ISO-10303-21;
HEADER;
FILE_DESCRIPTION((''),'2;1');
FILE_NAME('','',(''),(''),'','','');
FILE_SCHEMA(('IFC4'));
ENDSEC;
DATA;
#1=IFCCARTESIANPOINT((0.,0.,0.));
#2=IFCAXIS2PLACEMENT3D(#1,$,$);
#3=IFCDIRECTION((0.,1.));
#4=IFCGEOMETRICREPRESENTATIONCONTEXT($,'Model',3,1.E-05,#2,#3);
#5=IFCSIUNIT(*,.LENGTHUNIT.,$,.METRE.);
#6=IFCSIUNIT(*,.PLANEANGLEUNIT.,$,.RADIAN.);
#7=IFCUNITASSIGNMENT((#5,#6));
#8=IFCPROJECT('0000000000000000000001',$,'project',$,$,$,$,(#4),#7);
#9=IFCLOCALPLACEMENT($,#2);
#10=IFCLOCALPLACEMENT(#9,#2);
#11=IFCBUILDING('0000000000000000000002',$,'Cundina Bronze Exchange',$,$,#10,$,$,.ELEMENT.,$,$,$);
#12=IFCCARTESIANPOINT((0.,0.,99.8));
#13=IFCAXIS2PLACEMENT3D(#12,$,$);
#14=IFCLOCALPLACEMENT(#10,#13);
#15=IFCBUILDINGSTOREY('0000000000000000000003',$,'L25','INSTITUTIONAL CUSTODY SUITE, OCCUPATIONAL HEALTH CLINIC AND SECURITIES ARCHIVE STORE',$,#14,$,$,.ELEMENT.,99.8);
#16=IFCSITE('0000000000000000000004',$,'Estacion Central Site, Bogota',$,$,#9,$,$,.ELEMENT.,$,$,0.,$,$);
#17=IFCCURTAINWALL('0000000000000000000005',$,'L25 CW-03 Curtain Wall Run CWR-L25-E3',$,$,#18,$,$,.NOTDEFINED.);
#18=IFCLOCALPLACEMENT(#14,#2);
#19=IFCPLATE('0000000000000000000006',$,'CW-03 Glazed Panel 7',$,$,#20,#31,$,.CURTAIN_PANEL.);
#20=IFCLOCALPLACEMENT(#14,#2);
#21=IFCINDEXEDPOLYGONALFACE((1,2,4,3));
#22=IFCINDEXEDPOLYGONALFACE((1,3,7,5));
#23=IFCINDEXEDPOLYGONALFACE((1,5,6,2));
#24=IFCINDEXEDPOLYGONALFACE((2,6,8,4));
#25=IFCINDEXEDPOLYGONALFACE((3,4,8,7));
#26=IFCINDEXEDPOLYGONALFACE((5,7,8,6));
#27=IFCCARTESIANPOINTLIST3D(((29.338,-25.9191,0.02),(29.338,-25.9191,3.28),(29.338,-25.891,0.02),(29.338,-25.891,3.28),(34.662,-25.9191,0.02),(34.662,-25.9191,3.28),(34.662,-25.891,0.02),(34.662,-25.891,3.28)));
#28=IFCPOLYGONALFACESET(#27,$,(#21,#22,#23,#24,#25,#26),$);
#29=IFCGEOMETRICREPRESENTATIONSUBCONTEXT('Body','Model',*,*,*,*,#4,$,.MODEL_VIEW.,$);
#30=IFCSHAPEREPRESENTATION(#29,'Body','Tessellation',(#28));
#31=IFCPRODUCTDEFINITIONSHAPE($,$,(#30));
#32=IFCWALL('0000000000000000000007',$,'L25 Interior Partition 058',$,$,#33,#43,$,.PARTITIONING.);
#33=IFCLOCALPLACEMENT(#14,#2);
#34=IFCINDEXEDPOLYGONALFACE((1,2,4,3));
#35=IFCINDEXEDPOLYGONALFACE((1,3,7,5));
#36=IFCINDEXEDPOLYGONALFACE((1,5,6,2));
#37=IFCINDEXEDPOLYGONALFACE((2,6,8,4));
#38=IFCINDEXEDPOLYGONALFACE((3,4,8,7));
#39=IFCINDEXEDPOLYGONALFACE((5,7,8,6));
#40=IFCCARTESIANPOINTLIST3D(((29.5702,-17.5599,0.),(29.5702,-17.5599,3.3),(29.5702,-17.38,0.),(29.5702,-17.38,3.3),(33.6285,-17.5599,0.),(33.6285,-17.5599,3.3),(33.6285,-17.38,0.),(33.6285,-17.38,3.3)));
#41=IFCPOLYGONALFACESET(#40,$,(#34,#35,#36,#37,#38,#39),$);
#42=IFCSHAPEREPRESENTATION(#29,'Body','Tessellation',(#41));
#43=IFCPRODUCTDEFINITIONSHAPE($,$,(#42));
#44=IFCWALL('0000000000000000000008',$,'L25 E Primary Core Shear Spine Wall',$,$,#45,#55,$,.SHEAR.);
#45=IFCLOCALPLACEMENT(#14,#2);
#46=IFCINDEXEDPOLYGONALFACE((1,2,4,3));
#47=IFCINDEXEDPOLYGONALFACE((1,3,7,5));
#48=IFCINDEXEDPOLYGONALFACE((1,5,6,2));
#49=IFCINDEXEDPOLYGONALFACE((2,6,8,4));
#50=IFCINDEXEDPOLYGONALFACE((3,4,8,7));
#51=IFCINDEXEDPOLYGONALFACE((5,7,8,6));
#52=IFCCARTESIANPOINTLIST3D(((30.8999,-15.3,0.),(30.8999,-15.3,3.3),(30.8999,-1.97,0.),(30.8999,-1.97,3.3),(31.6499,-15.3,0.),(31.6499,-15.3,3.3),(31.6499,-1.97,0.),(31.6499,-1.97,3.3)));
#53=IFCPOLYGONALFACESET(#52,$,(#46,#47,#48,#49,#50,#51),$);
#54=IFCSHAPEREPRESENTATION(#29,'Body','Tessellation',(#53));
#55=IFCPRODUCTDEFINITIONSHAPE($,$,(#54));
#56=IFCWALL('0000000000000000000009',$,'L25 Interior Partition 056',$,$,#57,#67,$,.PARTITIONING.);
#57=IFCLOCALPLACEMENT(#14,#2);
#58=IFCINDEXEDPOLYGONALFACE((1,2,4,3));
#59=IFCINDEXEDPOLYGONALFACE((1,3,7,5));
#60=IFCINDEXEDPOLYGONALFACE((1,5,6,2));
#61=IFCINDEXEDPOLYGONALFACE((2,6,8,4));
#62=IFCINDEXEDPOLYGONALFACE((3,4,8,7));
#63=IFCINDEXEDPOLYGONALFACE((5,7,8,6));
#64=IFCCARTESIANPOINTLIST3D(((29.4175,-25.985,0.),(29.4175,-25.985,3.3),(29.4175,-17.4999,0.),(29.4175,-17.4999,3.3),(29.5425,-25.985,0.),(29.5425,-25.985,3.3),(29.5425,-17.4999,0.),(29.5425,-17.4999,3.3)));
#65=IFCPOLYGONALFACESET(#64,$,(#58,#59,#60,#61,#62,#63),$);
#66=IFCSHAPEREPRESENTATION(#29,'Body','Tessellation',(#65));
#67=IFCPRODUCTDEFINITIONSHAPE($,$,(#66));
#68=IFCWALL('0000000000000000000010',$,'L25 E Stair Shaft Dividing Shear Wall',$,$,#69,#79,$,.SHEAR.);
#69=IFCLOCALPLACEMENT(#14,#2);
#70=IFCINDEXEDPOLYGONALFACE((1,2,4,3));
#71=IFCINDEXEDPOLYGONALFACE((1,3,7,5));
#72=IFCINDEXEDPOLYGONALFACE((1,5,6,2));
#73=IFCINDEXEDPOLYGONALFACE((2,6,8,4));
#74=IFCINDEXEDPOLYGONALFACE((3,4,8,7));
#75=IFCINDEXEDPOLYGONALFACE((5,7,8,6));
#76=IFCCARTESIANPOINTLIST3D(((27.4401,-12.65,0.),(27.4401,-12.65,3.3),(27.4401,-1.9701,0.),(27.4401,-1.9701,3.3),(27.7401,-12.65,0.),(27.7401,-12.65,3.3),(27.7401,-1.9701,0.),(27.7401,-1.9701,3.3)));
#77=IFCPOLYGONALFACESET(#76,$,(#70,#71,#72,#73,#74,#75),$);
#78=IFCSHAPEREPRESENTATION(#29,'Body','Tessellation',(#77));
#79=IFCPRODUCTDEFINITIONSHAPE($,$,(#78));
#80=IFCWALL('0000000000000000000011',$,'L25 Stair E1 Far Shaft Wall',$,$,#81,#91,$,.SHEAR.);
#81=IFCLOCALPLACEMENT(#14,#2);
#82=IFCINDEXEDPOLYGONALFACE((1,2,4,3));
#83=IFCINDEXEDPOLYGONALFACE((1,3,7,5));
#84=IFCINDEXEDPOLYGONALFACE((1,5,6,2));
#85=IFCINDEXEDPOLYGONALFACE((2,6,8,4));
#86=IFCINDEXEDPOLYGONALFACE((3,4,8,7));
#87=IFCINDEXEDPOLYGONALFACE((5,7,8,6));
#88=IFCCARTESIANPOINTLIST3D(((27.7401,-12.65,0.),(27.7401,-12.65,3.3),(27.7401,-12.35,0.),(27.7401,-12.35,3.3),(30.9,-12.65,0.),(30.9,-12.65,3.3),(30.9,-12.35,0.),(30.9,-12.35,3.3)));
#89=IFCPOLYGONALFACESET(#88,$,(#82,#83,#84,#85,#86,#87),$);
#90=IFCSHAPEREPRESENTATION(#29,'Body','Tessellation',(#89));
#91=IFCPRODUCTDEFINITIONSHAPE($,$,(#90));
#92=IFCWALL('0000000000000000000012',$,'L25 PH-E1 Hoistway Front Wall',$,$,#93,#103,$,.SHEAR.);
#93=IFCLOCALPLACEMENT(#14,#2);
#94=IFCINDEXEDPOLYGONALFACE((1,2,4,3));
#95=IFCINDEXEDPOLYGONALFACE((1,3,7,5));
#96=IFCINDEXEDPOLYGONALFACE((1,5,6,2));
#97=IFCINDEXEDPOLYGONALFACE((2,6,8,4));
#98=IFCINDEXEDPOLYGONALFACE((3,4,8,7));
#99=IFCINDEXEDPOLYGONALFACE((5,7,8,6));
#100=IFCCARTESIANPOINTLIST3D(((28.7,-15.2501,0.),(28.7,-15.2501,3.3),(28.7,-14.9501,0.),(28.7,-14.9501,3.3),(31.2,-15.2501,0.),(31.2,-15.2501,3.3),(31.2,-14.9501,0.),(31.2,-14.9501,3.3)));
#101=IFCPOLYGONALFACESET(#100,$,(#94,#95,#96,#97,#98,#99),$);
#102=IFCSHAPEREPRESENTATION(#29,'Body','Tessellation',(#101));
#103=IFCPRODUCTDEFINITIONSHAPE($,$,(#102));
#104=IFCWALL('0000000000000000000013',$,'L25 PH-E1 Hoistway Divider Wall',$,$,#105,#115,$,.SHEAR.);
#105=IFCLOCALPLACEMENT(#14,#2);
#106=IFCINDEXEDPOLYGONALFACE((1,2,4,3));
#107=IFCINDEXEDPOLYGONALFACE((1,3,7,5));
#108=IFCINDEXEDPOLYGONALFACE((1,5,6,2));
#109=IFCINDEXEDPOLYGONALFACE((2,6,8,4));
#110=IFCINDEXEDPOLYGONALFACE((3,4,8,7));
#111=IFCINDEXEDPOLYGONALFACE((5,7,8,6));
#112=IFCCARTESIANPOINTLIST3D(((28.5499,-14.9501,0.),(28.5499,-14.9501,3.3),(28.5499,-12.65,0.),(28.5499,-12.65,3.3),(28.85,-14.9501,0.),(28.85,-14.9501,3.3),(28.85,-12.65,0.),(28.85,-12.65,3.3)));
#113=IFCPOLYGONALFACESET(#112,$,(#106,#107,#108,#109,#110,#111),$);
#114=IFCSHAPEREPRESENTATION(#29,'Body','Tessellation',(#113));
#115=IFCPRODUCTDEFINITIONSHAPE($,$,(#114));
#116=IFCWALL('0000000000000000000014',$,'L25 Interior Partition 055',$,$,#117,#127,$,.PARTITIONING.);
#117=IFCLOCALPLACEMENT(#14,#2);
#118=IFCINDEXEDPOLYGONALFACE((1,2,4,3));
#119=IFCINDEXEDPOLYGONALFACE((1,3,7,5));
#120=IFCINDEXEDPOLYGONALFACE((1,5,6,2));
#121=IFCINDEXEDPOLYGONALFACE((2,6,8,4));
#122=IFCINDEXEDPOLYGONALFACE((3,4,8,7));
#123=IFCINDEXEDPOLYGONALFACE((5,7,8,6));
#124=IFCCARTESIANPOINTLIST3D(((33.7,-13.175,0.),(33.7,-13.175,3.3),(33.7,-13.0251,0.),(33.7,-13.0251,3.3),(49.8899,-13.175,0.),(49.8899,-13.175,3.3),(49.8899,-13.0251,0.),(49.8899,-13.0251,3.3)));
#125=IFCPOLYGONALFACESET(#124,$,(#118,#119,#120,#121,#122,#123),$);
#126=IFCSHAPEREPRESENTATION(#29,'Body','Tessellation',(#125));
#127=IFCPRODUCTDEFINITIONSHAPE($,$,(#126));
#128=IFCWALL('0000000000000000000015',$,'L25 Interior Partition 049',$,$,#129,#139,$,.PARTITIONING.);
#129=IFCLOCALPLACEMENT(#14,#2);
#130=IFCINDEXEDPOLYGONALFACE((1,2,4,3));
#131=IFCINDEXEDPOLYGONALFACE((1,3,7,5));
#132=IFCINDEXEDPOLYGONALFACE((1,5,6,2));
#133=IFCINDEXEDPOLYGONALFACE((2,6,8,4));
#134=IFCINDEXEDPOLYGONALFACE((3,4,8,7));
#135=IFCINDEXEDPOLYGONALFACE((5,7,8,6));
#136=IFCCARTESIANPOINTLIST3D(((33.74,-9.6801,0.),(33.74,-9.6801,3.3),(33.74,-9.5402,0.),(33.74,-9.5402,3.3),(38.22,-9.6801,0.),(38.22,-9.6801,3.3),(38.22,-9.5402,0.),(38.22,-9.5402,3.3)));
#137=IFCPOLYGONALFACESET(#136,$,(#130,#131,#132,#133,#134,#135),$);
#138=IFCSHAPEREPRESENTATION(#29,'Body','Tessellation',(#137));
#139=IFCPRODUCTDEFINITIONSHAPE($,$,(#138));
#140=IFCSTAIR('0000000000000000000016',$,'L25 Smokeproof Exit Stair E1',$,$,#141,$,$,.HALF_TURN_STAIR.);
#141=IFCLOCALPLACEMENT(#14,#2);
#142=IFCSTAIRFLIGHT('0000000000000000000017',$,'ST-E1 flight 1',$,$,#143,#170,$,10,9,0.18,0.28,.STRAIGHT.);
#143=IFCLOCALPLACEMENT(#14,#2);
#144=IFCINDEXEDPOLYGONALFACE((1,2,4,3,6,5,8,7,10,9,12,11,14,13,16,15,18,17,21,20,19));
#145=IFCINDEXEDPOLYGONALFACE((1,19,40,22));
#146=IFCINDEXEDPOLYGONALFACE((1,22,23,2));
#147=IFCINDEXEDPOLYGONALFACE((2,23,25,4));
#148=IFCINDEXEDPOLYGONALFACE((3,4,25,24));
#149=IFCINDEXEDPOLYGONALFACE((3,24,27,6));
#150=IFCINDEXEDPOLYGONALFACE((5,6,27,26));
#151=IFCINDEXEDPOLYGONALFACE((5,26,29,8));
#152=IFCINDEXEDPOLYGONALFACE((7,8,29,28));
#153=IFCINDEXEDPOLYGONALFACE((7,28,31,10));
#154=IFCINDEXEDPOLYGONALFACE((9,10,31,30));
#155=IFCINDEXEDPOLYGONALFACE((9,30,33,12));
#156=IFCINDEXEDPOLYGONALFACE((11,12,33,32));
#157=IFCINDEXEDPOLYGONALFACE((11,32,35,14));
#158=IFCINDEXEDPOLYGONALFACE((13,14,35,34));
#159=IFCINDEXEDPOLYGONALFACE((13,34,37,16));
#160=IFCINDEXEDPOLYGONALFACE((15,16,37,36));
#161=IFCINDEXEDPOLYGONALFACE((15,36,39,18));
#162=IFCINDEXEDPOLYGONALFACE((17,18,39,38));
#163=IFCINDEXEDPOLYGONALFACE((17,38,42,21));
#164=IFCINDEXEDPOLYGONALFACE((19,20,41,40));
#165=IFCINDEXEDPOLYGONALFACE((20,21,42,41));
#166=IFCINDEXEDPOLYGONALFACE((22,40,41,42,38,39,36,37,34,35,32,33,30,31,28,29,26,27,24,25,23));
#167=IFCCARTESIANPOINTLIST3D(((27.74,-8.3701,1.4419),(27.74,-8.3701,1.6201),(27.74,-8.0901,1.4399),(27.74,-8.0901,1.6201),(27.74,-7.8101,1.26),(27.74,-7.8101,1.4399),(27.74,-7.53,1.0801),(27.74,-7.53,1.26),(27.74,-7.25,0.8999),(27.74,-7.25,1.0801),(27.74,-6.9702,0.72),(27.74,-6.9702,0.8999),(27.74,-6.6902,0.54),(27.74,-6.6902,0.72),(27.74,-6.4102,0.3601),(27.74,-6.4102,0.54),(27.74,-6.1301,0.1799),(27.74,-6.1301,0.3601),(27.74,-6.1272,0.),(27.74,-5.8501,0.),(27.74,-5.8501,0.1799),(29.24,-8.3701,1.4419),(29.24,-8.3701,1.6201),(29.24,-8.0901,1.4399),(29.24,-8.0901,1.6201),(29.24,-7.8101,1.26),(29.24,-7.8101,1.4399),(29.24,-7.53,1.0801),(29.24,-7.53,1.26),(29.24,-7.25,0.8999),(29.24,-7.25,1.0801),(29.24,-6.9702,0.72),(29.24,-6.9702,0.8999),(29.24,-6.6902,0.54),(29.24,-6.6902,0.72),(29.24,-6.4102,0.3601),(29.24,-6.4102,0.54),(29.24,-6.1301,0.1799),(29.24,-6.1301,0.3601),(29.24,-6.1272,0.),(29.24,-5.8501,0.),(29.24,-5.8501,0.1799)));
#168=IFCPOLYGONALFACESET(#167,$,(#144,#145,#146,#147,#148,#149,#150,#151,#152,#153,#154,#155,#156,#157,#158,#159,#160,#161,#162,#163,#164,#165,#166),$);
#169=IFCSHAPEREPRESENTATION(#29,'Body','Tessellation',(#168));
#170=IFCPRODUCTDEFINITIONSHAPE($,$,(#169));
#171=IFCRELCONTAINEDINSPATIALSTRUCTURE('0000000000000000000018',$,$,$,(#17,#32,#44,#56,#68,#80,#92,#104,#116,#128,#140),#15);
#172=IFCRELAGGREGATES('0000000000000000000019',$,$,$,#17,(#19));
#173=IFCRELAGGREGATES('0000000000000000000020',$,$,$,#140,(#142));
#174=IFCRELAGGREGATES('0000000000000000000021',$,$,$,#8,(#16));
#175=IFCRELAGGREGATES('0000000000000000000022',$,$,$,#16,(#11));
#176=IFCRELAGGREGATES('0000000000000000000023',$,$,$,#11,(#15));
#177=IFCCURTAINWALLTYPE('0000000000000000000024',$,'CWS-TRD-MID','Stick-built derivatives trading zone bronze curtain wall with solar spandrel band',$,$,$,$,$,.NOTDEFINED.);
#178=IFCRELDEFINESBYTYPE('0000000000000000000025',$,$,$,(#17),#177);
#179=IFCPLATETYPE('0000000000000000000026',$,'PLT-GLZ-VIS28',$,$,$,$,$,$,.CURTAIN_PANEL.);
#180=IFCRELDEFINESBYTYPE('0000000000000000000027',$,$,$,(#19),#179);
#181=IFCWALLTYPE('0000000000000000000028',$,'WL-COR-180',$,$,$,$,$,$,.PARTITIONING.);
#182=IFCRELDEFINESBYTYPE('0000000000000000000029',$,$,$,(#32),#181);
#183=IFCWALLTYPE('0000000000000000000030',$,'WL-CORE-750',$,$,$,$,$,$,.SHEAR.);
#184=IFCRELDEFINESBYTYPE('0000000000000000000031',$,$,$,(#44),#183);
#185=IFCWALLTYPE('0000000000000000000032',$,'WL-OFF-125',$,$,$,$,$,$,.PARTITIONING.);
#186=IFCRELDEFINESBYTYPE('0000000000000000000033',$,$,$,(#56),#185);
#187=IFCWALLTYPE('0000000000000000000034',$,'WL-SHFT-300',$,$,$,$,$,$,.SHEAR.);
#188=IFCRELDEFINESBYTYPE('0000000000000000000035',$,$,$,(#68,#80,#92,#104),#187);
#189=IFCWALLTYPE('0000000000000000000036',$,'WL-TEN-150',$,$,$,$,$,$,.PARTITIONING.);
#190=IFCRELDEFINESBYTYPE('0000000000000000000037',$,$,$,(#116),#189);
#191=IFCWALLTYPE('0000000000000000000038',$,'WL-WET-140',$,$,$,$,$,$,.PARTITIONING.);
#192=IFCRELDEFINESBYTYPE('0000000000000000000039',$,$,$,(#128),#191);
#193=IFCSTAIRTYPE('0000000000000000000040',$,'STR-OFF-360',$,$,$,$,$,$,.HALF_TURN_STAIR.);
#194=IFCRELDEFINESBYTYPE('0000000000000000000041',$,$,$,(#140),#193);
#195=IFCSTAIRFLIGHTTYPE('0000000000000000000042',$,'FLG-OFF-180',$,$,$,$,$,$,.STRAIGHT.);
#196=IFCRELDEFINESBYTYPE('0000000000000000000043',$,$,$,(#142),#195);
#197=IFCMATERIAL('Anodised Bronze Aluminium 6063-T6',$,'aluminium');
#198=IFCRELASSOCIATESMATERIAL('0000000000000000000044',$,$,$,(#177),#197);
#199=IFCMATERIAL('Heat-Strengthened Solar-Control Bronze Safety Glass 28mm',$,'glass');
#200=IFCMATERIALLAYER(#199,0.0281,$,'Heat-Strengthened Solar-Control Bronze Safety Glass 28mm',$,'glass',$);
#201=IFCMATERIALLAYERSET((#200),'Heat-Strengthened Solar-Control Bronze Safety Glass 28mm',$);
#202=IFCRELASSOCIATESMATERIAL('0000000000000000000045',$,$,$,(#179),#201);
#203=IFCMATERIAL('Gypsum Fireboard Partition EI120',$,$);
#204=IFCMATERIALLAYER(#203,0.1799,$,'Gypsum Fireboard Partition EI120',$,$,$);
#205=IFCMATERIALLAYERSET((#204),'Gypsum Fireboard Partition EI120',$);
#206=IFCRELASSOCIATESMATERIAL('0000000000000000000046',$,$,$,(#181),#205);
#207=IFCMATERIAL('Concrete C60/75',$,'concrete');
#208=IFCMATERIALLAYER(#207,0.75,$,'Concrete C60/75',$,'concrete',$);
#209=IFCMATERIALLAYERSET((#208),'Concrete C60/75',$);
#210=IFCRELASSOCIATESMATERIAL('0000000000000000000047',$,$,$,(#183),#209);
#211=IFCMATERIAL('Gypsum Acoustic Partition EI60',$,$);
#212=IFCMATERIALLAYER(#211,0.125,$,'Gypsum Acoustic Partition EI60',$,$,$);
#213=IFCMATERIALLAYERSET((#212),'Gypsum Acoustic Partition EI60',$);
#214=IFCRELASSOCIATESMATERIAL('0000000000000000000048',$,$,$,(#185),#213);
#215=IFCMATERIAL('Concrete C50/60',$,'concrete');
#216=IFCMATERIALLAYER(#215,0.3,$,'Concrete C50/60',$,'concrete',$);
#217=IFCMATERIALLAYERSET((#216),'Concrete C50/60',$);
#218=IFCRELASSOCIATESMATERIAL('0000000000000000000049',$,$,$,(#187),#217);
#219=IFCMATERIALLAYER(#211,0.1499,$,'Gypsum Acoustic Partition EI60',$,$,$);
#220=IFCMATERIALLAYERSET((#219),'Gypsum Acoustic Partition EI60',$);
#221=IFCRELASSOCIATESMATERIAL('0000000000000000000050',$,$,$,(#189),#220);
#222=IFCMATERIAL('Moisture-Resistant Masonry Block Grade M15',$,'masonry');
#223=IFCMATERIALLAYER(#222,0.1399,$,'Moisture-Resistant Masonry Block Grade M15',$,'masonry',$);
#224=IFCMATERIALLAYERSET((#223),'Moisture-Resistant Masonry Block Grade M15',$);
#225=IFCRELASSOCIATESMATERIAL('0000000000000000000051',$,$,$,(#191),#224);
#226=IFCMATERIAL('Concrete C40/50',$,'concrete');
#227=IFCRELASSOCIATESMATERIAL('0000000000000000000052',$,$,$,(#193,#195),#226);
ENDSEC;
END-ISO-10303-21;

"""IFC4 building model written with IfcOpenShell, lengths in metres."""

from ifc_helpers import new_model, si_unit, direction, frame, frame_2d, origin, origin_2d, place, context, subcontext, project, spatial, polyline, rectangle, outline, extrude, material, layer, layer_set, type_object, element, aggregate, save


model = new_model("IFC4")

# Units and contexts
model_context = context("Model", 3, precision=1e-05, world=origin(), true_north=direction((0.0, 1.0)))
body_context = subcontext(model_context, "Body", "Model", "MODEL_VIEW")
ifc_project = project(units=[si_unit("LENGTHUNIT", "METRE"), si_unit("PLANEANGLEUNIT", "RADIAN")], contexts=[model_context])

# Site, building, storey
site_placement = place(None, origin())
site = spatial("IfcSite", under=ifc_project, at=site_placement, Name="Estacion Central Site, Bogota", CompositionType="ELEMENT", RefElevation=0.0)
building_placement = place(site_placement, origin())
building = spatial("IfcBuilding", under=site, at=building_placement, Name="Cundina Bronze Exchange", CompositionType="ELEMENT")
storey_placement = place(building_placement, frame((0.0, 0.0, 99.8)))
storey = spatial("IfcBuildingStorey", under=building, at=storey_placement, Name="L25", Description="INSTITUTIONAL CUSTODY SUITE, OCCUPATIONAL HEALTH CLINIC AND SECURITIES ARCHIVE STORE", CompositionType="ELEMENT", Elevation=99.8)

# Shared definitions
ifc_material_1 = material(Name="Concrete C60/75", Category="concrete")

# Curtain wall, plate
ifc_material_2 = material(Name="Anodised Bronze Aluminium 6063-T6", Category="aluminium")
curtain_wall_type = type_object("IfcCurtainWallType", Name="CWS-TRD-MID", Description="Stick-built derivatives trading zone bronze curtain wall with solar spandrel band", PredefinedType="NOTDEFINED", material=ifc_material_2)
curtain_wall_placement = place(storey_placement, origin())
curtain_wall = element("IfcCurtainWall", 1, at=curtain_wall_placement, inside=storey, type_object=curtain_wall_type, Name="L25 CW-03 Curtain Wall Run CWR-L25-E3", PredefinedType="NOTDEFINED")
ifc_material_3 = material(Name="Heat-Strengthened Solar-Control Bronze Safety Glass 28mm", Category="glass")
ifc_layer_1 = layer(ifc_material_3, 0.0281, Name="Heat-Strengthened Solar-Control Bronze Safety Glass 28mm", Category="glass")
ifc_layer_set_1 = layer_set([ifc_layer_1], Name="Heat-Strengthened Solar-Control Bronze Safety Glass 28mm")
plate_type = type_object("IfcPlateType", Name="PLT-GLZ-VIS28", PredefinedType="CURTAIN_PANEL", material=ifc_layer_set_1)
plate_placement = place(storey_placement, frame((32.0, -25.905, 0.02), z_axis=(0.0, 0.0, 1.0), x_axis=(1.0, 0.0, 0.0)))
plate = element("IfcPlate", 2, at=plate_placement, type_object=plate_type, Name="CW-03 Glazed Panel 7", PredefinedType="CURTAIN_PANEL", context=body_context, shape_type="SweptSolid", body=[
    extrude(rectangle(XDim=5.324, YDim=0.0281, at=origin_2d()), origin(), (0.0, 0.0, 1.0), 3.26),
])
aggregate(curtain_wall, [plate])

# Shared definitions
ifc_material_4 = material(Name="Gypsum Fireboard Partition EI120")
ifc_layer_2 = layer(ifc_material_4, 0.1799, Name="Gypsum Fireboard Partition EI120")
ifc_layer_set_2 = layer_set([ifc_layer_2], Name="Gypsum Fireboard Partition EI120")
wall_type_1 = type_object("IfcWallType", Name="WL-COR-180", PredefinedType="PARTITIONING", material=ifc_layer_set_2)

# Wall
wall_1_placement = place(storey_placement, frame((29.5701, -17.47, 0.0), z_axis=(0.0, 0.0, 1.0), x_axis=(1.0, 0.0, 0.0)))
element("IfcWall", 3, at=wall_1_placement, inside=storey, type_object=wall_type_1, Name="L25 Interior Partition 058", PredefinedType="PARTITIONING", context=body_context, shape_type="SweptSolid", body=[
    extrude(rectangle(XDim=4.0583, YDim=0.1799, at=frame_2d((2.0293, 0.0))), origin(), (0.0, 0.0, 1.0), 3.3),
])

# Walls
ifc_layer_3 = layer(ifc_material_1, 0.75, Name="Concrete C60/75", Category="concrete")
ifc_layer_set_3 = layer_set([ifc_layer_3], Name="Concrete C60/75")
wall_type_2 = type_object("IfcWallType", Name="WL-CORE-750", PredefinedType="SHEAR", material=ifc_layer_set_3)
wall_2_placement = place(storey_placement, frame((31.2749, -15.3, 0.0), z_axis=(0.0, 0.0, 1.0), x_axis=(0.0, 1.0, 0.0)))
element("IfcWall", 4, at=wall_2_placement, inside=storey, type_object=wall_type_2, Name="L25 E Primary Core Shear Spine Wall", PredefinedType="SHEAR", context=body_context, shape_type="SweptSolid", body=[
    extrude(rectangle(XDim=13.3301, YDim=0.75, at=frame_2d((6.665, 0.0))), origin(), (0.0, 0.0, 1.0), 3.3),
])
ifc_material_5 = material(Name="Gypsum Acoustic Partition EI60")
ifc_layer_4 = layer(ifc_material_5, 0.125, Name="Gypsum Acoustic Partition EI60")
ifc_layer_set_4 = layer_set([ifc_layer_4], Name="Gypsum Acoustic Partition EI60")
wall_type_3 = type_object("IfcWallType", Name="WL-OFF-125", PredefinedType="PARTITIONING", material=ifc_layer_set_4)
wall_3_placement = place(storey_placement, frame((29.48, -25.9851, 0.0), z_axis=(0.0, 0.0, 1.0), x_axis=(0.0, 1.0, 0.0)))
element("IfcWall", 5, at=wall_3_placement, inside=storey, type_object=wall_type_3, Name="L25 Interior Partition 056", PredefinedType="PARTITIONING", context=body_context, shape_type="SweptSolid", body=[
    extrude(rectangle(XDim=8.4851, YDim=0.125, at=frame_2d((4.2427, 0.0))), origin(), (0.0, 0.0, 1.0), 3.3),
])
ifc_material_6 = material(Name="Concrete C50/60", Category="concrete")
ifc_layer_5 = layer(ifc_material_6, 0.3, Name="Concrete C50/60", Category="concrete")
ifc_layer_set_5 = layer_set([ifc_layer_5], Name="Concrete C50/60")
wall_type_4 = type_object("IfcWallType", Name="WL-SHFT-300", PredefinedType="SHEAR", material=ifc_layer_set_5)
wall_4_placement = place(storey_placement, frame((27.5901, -12.6499, 0.0), z_axis=(0.0, 0.0, 1.0), x_axis=(0.0, 1.0, 0.0)))
element("IfcWall", 6, at=wall_4_placement, inside=storey, type_object=wall_type_4, Name="L25 E Stair Shaft Dividing Shear Wall", PredefinedType="SHEAR", context=body_context, shape_type="SweptSolid", body=[
    extrude(rectangle(XDim=10.6799, YDim=0.3, at=frame_2d((5.3398, 0.0))), origin(), (0.0, 0.0, 1.0), 3.3),
])
wall_5_placement = place(storey_placement, frame((27.74, -12.5, 0.0), z_axis=(0.0, 0.0, 1.0), x_axis=(1.0, 0.0, 0.0)))
element("IfcWall", 7, at=wall_5_placement, inside=storey, type_object=wall_type_4, Name="L25 Stair E1 Far Shaft Wall", PredefinedType="SHEAR", context=body_context, shape_type="SweptSolid", body=[
    extrude(rectangle(XDim=3.1599, YDim=0.3, at=frame_2d((1.5801, 0.0))), origin(), (0.0, 0.0, 1.0), 3.3),
])
wall_6_placement = place(storey_placement, frame((28.7, -15.1001, 0.0), z_axis=(0.0, 0.0, 1.0), x_axis=(1.0, 0.0, 0.0)))
element("IfcWall", 8, at=wall_6_placement, inside=storey, type_object=wall_type_4, Name="L25 PH-E1 Hoistway Front Wall", PredefinedType="SHEAR", context=body_context, shape_type="SweptSolid", body=[
    extrude(rectangle(XDim=2.5, YDim=0.3, at=frame_2d((1.25, 0.0))), origin(), (0.0, 0.0, 1.0), 3.3),
])
wall_7_placement = place(storey_placement, frame((28.7, -14.95, 0.0), z_axis=(0.0, 0.0, 1.0), x_axis=(0.0, 1.0, 0.0)))
element("IfcWall", 9, at=wall_7_placement, inside=storey, type_object=wall_type_4, Name="L25 PH-E1 Hoistway Divider Wall", PredefinedType="SHEAR", context=body_context, shape_type="SweptSolid", body=[
    extrude(rectangle(XDim=2.3, YDim=0.3, at=frame_2d((1.1499, 0.0))), origin(), (0.0, 0.0, 1.0), 3.3),
])
ifc_layer_6 = layer(ifc_material_5, 0.1499, Name="Gypsum Acoustic Partition EI60")
ifc_layer_set_6 = layer_set([ifc_layer_6], Name="Gypsum Acoustic Partition EI60")
wall_type_5 = type_object("IfcWallType", Name="WL-TEN-150", PredefinedType="PARTITIONING", material=ifc_layer_set_6)
wall_8_placement = place(storey_placement, frame((33.7, -13.1001, 0.0), z_axis=(0.0, 0.0, 1.0), x_axis=(1.0, 0.0, 0.0)))
element("IfcWall", 10, at=wall_8_placement, inside=storey, type_object=wall_type_5, Name="L25 Interior Partition 055", PredefinedType="PARTITIONING", context=body_context, shape_type="SweptSolid", body=[
    extrude(rectangle(XDim=16.1899, YDim=0.1499, at=frame_2d((8.095, 0.0))), origin(), (0.0, 0.0, 1.0), 3.3),
])
ifc_material_7 = material(Name="Moisture-Resistant Masonry Block Grade M15", Category="masonry")
ifc_layer_7 = layer(ifc_material_7, 0.1399, Name="Moisture-Resistant Masonry Block Grade M15", Category="masonry")
ifc_layer_set_7 = layer_set([ifc_layer_7], Name="Moisture-Resistant Masonry Block Grade M15")
wall_type_6 = type_object("IfcWallType", Name="WL-WET-140", PredefinedType="PARTITIONING", material=ifc_layer_set_7)
wall_9_placement = place(storey_placement, frame((33.74, -9.6101, 0.0), z_axis=(0.0, 0.0, 1.0), x_axis=(1.0, 0.0, 0.0)))
element("IfcWall", 11, at=wall_9_placement, inside=storey, type_object=wall_type_6, Name="L25 Interior Partition 049", PredefinedType="PARTITIONING", context=body_context, shape_type="SweptSolid", body=[
    extrude(rectangle(XDim=4.48, YDim=0.1399, at=frame_2d((2.24, 0.0))), origin(), (0.0, 0.0, 1.0), 3.3),
])

# Stair, stair flight
ifc_material_8 = material(Name="Concrete C40/50", Category="concrete")
stair_type = type_object("IfcStairType", Name="STR-OFF-360", PredefinedType="HALF_TURN_STAIR", material=ifc_material_8)
stair_placement = place(storey_placement, origin())
stair = element("IfcStair", 12, at=stair_placement, inside=storey, type_object=stair_type, Name="L25 Smokeproof Exit Stair E1", PredefinedType="HALF_TURN_STAIR")
stair_flight_type = type_object("IfcStairFlightType", Name="FLG-OFF-180", PredefinedType="STRAIGHT", material=ifc_material_8)
stair_flight_1_placement = place(storey_placement, frame((28.49, -5.8501, 0.0), z_axis=(0.0, 0.0, 1.0), x_axis=(0.0, -1.0, 0.0)))
stair_flight_1 = element("IfcStairFlight", 13, at=stair_flight_1_placement, type_object=stair_flight_type, Name="ST-E1 flight 1", NumberOfRisers=10, NumberOfTreads=9, PredefinedType="STRAIGHT", RiserHeight=0.18, TreadLength=0.28, context=body_context, shape_type="SweptSolid", body=[
    extrude(outline(polyline([(0.0, 0.0), (0.0, 0.1799), (0.28, 0.1799), (0.28, 0.3601), (0.5601, 0.3601), (0.5601, 0.54), (0.8401, 0.54), (0.8401, 0.72), (1.1201, 0.72), (1.1201, 0.8999), (1.3999, 0.8999), (1.3999, 1.0801), (1.6799, 1.0801), (1.6799, 1.26), (1.96, 1.26), (1.96, 1.4399), (2.24, 1.4399), (2.24, 1.6201), (2.52, 1.6201), (2.52, 1.8), (2.52, 1.4419), (0.2771, 0.0), (0.0, 0.0)])), frame((0.0, 0.75, 0.0), z_axis=(0.0, -1.0, 0.0), x_axis=(1.0, 0.0, 0.0)), (0.0, 0.0, 1.0), 1.5),
])
aggregate(stair, [stair_flight_1])

save(model, "model.ifc")
